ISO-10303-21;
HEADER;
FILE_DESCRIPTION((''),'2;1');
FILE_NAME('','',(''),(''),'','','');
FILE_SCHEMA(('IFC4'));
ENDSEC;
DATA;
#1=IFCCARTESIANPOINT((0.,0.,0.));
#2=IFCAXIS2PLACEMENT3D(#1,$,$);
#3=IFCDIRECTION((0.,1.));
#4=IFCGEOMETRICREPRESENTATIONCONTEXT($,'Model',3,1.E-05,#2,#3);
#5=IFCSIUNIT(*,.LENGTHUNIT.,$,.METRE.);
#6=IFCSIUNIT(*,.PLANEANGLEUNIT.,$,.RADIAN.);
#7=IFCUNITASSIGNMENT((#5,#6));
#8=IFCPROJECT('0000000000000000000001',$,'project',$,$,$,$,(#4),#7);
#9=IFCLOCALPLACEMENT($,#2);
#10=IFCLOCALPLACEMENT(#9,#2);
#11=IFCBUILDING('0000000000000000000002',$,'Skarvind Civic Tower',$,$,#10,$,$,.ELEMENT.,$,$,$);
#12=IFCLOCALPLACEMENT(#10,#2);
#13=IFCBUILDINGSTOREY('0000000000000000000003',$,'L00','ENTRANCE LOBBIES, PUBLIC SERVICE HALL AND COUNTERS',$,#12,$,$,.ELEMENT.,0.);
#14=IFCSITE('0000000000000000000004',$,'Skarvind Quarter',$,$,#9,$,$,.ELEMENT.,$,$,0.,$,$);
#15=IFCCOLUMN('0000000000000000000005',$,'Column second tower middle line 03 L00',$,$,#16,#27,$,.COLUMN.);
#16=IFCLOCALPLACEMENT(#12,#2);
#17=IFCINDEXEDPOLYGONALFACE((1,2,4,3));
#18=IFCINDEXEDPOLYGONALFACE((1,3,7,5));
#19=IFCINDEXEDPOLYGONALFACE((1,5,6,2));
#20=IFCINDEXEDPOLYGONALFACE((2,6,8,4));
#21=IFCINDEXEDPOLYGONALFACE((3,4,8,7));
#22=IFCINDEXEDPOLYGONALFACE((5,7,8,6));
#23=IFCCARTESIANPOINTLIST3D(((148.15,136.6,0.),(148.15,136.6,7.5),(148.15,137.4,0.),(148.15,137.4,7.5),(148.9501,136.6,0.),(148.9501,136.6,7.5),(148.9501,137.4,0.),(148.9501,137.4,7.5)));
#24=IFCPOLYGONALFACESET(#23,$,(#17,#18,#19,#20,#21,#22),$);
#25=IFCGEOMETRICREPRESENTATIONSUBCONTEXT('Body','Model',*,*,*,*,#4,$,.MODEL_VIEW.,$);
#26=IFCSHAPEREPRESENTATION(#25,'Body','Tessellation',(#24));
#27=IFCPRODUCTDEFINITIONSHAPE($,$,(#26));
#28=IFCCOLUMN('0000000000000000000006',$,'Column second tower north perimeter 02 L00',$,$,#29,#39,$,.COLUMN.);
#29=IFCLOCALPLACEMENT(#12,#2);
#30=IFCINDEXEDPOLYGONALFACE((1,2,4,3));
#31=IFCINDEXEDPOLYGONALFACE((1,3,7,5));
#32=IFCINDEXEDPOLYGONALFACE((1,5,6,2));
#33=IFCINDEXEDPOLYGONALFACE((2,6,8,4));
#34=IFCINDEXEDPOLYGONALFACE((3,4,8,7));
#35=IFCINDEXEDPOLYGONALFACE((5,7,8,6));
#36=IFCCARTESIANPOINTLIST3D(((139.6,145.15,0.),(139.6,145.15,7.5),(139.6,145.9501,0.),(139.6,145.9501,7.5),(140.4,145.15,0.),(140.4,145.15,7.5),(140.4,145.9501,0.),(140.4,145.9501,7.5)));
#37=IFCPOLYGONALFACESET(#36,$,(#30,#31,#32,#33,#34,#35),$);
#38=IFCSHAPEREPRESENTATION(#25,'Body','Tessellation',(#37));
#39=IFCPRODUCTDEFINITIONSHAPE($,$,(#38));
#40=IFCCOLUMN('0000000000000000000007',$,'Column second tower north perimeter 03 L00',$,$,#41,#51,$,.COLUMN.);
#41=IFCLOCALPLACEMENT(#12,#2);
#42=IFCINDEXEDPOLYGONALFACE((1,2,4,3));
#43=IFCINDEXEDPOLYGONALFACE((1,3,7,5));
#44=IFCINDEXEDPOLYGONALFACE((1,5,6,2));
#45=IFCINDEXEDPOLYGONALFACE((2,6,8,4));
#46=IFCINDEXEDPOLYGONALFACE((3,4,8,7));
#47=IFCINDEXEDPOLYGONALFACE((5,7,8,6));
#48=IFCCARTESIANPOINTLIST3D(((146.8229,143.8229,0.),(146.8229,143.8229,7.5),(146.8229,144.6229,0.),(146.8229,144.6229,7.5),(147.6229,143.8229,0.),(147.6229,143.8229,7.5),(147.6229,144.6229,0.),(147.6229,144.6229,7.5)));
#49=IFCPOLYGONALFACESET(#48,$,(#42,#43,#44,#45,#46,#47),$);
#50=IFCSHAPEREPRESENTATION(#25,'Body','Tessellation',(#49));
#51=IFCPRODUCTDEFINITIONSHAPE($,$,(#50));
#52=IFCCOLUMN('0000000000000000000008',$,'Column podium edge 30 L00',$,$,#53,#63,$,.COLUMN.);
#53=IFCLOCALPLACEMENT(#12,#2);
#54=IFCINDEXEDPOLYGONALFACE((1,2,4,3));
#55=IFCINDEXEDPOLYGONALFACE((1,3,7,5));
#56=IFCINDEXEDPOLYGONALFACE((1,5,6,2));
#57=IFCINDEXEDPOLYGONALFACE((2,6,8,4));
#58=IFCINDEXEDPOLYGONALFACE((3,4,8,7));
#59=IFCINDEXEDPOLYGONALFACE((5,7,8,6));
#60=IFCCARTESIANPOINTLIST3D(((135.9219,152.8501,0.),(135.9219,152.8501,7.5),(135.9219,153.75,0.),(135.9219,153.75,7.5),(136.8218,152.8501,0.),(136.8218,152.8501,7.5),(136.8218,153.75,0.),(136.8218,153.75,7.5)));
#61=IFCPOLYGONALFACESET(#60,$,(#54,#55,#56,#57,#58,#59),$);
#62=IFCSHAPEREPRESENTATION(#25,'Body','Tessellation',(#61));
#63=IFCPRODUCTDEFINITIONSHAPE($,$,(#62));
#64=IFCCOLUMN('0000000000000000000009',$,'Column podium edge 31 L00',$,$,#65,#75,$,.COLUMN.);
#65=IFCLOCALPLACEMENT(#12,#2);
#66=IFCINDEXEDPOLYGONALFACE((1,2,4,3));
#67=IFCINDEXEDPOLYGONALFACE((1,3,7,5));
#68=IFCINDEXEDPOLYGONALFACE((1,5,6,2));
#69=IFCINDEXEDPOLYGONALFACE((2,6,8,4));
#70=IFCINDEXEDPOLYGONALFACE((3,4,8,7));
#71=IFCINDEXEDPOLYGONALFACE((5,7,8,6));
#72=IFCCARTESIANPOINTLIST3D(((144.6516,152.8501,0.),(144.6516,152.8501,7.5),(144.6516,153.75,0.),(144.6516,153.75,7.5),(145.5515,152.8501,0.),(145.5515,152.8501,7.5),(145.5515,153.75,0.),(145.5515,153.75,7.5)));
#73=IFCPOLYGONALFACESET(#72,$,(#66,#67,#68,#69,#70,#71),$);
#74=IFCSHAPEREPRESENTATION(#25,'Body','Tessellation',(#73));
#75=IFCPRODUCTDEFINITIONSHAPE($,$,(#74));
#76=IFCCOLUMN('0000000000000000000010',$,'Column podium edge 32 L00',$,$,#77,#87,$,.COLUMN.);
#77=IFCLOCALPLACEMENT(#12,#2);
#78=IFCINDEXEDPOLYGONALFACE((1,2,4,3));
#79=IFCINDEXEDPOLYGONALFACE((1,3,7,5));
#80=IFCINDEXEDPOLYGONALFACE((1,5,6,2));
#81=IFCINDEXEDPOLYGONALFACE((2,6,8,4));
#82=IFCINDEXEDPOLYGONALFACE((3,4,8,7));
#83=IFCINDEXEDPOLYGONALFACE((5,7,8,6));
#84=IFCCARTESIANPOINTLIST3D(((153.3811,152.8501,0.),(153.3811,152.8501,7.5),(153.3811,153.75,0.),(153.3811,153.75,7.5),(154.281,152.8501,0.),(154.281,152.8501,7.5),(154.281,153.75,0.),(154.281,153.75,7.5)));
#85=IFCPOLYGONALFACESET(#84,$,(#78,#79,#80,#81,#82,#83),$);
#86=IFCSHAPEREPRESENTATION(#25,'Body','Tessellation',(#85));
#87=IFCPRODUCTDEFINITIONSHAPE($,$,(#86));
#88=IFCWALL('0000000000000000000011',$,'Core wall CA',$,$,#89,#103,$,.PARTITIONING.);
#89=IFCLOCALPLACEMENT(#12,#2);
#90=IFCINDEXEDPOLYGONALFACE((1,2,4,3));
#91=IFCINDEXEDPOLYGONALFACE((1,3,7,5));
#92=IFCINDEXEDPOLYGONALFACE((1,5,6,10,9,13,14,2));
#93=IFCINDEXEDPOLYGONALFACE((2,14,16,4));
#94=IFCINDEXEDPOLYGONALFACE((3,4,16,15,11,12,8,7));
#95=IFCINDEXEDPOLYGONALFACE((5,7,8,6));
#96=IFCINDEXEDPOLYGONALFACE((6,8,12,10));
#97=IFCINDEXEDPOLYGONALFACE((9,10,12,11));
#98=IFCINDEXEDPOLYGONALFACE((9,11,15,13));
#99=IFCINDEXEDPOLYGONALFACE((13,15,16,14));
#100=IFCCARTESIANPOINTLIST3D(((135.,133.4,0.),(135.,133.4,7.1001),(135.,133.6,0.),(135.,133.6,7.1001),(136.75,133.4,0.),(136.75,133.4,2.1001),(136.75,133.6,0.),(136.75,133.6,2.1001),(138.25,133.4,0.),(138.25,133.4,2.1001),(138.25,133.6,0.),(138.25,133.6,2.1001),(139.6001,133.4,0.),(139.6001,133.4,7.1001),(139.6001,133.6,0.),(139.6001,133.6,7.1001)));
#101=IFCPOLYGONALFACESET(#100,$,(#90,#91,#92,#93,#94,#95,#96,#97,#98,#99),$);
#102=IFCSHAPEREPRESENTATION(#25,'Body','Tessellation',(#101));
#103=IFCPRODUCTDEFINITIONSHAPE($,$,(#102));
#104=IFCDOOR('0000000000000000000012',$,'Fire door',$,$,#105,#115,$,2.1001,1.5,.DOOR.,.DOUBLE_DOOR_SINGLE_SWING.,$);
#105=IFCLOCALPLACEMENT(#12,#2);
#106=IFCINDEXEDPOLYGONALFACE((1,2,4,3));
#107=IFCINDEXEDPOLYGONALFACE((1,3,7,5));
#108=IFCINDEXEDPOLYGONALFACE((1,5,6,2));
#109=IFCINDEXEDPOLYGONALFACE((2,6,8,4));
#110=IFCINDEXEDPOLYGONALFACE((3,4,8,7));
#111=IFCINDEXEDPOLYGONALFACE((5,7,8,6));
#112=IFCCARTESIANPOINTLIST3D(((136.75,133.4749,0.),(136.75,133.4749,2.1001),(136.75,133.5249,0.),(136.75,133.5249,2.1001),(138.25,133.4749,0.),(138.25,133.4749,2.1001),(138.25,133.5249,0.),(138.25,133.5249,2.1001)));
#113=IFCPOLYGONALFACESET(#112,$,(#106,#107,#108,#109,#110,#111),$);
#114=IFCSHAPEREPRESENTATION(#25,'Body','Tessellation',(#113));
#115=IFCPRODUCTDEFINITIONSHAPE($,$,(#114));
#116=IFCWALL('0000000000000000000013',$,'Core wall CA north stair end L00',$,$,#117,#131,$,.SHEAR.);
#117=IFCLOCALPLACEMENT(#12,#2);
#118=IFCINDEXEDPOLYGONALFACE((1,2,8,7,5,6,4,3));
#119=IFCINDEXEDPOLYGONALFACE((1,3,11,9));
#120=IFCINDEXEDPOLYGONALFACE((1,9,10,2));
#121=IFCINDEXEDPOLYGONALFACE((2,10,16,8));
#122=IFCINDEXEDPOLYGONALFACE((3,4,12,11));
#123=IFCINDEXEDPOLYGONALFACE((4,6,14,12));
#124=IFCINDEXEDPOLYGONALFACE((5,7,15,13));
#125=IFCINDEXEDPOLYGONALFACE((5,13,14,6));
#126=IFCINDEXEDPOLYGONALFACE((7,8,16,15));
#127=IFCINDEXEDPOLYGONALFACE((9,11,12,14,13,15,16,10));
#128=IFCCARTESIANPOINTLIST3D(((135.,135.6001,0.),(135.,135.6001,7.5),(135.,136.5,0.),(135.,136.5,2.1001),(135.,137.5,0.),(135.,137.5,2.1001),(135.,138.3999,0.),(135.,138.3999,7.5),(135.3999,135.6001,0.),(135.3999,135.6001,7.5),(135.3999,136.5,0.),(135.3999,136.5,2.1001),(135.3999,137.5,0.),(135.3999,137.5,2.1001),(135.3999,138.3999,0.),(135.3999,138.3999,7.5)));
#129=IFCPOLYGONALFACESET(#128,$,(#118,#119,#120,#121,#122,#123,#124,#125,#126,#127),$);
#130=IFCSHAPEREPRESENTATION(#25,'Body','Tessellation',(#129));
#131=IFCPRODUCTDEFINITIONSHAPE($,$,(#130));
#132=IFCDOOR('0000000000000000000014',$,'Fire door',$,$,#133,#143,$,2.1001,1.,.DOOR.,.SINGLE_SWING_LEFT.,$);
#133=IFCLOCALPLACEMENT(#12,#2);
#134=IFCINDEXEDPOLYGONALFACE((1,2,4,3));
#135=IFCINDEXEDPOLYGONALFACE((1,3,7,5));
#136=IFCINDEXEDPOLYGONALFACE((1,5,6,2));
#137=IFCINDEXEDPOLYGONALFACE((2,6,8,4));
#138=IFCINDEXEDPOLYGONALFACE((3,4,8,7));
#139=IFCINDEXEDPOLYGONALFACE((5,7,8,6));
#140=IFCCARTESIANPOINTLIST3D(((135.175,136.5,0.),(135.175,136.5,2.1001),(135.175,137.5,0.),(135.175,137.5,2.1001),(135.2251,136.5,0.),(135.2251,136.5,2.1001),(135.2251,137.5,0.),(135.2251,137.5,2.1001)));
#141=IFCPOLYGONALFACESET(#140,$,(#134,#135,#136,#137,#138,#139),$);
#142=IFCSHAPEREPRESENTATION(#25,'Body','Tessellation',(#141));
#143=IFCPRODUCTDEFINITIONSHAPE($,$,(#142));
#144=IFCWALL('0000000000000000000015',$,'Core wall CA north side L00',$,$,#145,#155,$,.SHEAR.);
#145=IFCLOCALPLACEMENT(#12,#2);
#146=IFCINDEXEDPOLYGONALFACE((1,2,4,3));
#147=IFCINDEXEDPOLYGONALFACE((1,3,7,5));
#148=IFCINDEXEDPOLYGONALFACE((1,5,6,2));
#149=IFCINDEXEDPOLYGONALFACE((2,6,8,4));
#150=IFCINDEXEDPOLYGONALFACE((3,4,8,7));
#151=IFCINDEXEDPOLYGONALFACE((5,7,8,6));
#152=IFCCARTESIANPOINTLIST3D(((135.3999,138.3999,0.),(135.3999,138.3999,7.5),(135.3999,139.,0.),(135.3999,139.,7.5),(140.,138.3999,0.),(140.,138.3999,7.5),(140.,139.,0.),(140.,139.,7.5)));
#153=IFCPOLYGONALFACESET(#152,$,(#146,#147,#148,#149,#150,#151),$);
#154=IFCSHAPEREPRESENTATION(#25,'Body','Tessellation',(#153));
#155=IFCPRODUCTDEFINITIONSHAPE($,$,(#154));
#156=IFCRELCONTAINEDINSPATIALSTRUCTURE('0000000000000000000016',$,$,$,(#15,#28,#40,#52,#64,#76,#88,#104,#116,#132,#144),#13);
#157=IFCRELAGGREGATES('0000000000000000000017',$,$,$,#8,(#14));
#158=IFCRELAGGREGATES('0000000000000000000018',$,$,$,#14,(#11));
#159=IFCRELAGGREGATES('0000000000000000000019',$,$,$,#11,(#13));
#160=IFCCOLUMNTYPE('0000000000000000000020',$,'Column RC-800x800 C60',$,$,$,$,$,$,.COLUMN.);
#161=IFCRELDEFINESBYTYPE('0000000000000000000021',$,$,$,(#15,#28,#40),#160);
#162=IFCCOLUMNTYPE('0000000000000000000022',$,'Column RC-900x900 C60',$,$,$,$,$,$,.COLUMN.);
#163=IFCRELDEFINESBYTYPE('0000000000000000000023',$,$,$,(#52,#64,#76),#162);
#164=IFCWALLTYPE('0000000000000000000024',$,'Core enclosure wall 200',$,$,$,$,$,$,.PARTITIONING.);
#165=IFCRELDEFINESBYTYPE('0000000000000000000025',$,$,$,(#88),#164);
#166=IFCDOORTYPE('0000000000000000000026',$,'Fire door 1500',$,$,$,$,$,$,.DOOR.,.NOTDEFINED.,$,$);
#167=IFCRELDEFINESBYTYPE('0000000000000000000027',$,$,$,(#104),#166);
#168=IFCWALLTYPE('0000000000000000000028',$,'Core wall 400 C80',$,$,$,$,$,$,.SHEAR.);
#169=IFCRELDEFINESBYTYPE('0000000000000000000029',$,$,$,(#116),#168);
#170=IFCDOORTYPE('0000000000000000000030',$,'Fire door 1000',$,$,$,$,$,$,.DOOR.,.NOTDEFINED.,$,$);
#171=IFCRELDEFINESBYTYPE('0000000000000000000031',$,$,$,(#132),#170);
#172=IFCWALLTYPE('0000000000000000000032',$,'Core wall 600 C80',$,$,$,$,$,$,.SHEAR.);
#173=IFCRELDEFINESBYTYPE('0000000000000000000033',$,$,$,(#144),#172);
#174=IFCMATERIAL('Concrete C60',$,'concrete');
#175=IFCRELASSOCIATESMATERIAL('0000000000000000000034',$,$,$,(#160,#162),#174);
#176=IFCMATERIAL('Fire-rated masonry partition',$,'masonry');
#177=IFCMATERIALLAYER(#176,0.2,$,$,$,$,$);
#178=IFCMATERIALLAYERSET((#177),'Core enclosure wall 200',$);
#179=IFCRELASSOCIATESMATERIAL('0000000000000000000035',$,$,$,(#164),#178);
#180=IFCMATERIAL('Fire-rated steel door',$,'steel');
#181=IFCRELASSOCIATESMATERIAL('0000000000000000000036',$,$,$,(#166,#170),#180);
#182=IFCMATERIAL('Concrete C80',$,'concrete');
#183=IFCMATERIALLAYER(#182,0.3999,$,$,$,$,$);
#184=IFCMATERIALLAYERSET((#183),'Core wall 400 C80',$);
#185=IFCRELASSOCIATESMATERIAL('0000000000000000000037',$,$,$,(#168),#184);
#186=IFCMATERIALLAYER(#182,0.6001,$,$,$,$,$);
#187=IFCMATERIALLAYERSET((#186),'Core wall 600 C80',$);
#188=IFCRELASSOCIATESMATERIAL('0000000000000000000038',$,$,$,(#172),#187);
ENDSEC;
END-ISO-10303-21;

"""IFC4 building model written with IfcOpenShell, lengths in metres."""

from ifc_helpers import new_model, si_unit, direction, frame, frame_2d, origin, origin_2d, place, context, subcontext, project, spatial, rectangle, extrude, material, layer, layer_set, material_profile, profile_set, type_object, element, fill, save


model = new_model("IFC4")

# Units and contexts
model_context = context("Model", 3, precision=1e-05, world=origin(), true_north=direction((0.0, 1.0)))
body_context = subcontext(model_context, "Body", "Model", "MODEL_VIEW")
ifc_project = project(units=[si_unit("LENGTHUNIT", "METRE"), si_unit("PLANEANGLEUNIT", "RADIAN")], contexts=[model_context])

# Site, building, storey
site_placement = place(None, origin())
site = spatial("IfcSite", under=ifc_project, at=site_placement, Name="Skarvind Quarter", CompositionType="ELEMENT", RefElevation=0.0)
building_placement = place(site_placement, origin())
building = spatial("IfcBuilding", under=site, at=building_placement, Name="Skarvind Civic Tower", CompositionType="ELEMENT")
storey_placement = place(building_placement, origin())
storey = spatial("IfcBuildingStorey", under=building, at=storey_placement, Name="L00", Description="ENTRANCE LOBBIES, PUBLIC SERVICE HALL AND COUNTERS", CompositionType="ELEMENT", Elevation=0.0)

# Columns
ifc_material_1 = material(Name="Concrete C60", Category="concrete")
ifc_material_profile_1 = material_profile(ifc_material_1, rectangle(XDim=0.8, YDim=0.8, at=origin_2d()), Name="RC-800x800")
ifc_profile_set_1 = profile_set([ifc_material_profile_1], Name="Concrete C60")
column_type_1 = type_object("IfcColumnType", Name="Column RC-800x800 C60", PredefinedType="COLUMN", material=ifc_profile_set_1)
for number, where, z_axis, x_axis, name in (
    (1, (148.55, 137.0, 0.0), (0.0, 0.0, 1.0), (1.0, 0.0, 0.0), "Column second tower middle line 03 L00"),
    (2, (140.0, 145.55, 0.0), (0.0, 0.0, 1.0), (1.0, 0.0, 0.0), "Column second tower north perimeter 02 L00"),
    (3, (147.2229, 144.2229, 0.0), (0.0, 0.0, 1.0), (1.0, 0.0, 0.0), "Column second tower north perimeter 03 L00"),
):
    element("IfcColumn", number, at=place(storey_placement, frame(where, z_axis=z_axis, x_axis=x_axis)), inside=storey, type_object=column_type_1, Name=name, PredefinedType="COLUMN", context=body_context, shape_type="SweptSolid", body=[
        extrude(rectangle(XDim=0.8, YDim=0.8, at=origin_2d()), origin(), (0.0, 0.0, 1.0), 7.5),
    ])
ifc_material_profile_2 = material_profile(ifc_material_1, rectangle(XDim=0.8999, YDim=0.8999, at=origin_2d()), Name="RC-900x900")
ifc_profile_set_2 = profile_set([ifc_material_profile_2], Name="Concrete C60")
column_type_2 = type_object("IfcColumnType", Name="Column RC-900x900 C60", PredefinedType="COLUMN", material=ifc_profile_set_2)
for number, where, z_axis, x_axis, name in (
    (4, (136.3718, 153.3, 0.0), (0.0, 0.0, 1.0), (1.0, 0.0, 0.0), "Column podium edge 30 L00"),
    (5, (145.1016, 153.3, 0.0), (0.0, 0.0, 1.0), (1.0, 0.0, 0.0), "Column podium edge 31 L00"),
    (6, (153.8311, 153.3, 0.0), (0.0, 0.0, 1.0), (1.0, 0.0, 0.0), "Column podium edge 32 L00"),
):
    element("IfcColumn", number, at=place(storey_placement, frame(where, z_axis=z_axis, x_axis=x_axis)), inside=storey, type_object=column_type_2, Name=name, PredefinedType="COLUMN", context=body_context, shape_type="SweptSolid", body=[
        extrude(rectangle(XDim=0.8999, YDim=0.8999, at=origin_2d()), origin(), (0.0, 0.0, 1.0), 7.5),
    ])

# Walls, openings, doors
ifc_material_2 = material(Name="Fire-rated masonry partition", Category="masonry")
ifc_layer_1 = layer(ifc_material_2, 0.2)
ifc_layer_set_1 = layer_set([ifc_layer_1], Name="Core enclosure wall 200")
wall_type_1 = type_object("IfcWallType", Name="Core enclosure wall 200", PredefinedType="PARTITIONING", material=ifc_layer_set_1)
wall_1_placement = place(storey_placement, frame((135.0, 133.5, 0.0), z_axis=(0.0, 0.0, 1.0), x_axis=(1.0, 0.0, 0.0)))
wall_1 = element("IfcWall", 7, at=wall_1_placement, inside=storey, type_object=wall_type_1, Name="Core wall CA", PredefinedType="PARTITIONING", context=body_context, shape_type="SweptSolid", body=[
    extrude(rectangle(XDim=4.6001, YDim=0.2, at=frame_2d((2.3, 0.0))), origin(), (0.0, 0.0, 1.0), 7.1001),
])
opening_1_placement = place(wall_1_placement, frame((1.75, 0.0, 0.0)))
opening_1 = element("IfcOpeningElement", 8, at=opening_1_placement, cuts=wall_1, PredefinedType="OPENING", context=body_context, shape_type="SweptSolid", body=[
    extrude(rectangle(XDim=1.5, YDim=2.1001, at=frame_2d((0.75, 1.05))), frame((0.0, 0.1099, 0.0), z_axis=(0.0, -1.0, 0.0), x_axis=(1.0, 0.0, 0.0)), (0.0, 0.0, 1.0), 0.22),
])
ifc_material_3 = material(Name="Fire-rated steel door", Category="steel")
door_type_1 = type_object("IfcDoorType", Name="Fire door 1500", OperationType="NOTDEFINED", PredefinedType="DOOR", material=ifc_material_3)
door_1_placement = place(opening_1_placement, origin())
door_1 = element("IfcDoor", 9, at=door_1_placement, inside=storey, type_object=door_type_1, Name="Fire door", OperationType="DOUBLE_DOOR_SINGLE_SWING", OverallHeight=2.1001, OverallWidth=1.5, PredefinedType="DOOR", context=body_context, shape_type="SweptSolid", body=[
    extrude(rectangle(XDim=1.5, YDim=2.1001, at=frame_2d((0.75, 1.05))), frame((0.0, 0.0249, 0.0), z_axis=(0.0, -1.0, 0.0), x_axis=(1.0, 0.0, 0.0)), (0.0, 0.0, 1.0), 0.05),
])
fill(opening_1, door_1)
ifc_material_4 = material(Name="Concrete C80", Category="concrete")
ifc_layer_2 = layer(ifc_material_4, 0.3999)
ifc_layer_set_2 = layer_set([ifc_layer_2], Name="Core wall 400 C80")
wall_type_2 = type_object("IfcWallType", Name="Core wall 400 C80", PredefinedType="SHEAR", material=ifc_layer_set_2)
wall_2_placement = place(storey_placement, frame((135.2, 135.6001, 0.0), z_axis=(0.0, 0.0, 1.0), x_axis=(0.0, 1.0, 0.0)))
wall_2 = element("IfcWall", 10, at=wall_2_placement, inside=storey, type_object=wall_type_2, Name="Core wall CA north stair end L00", PredefinedType="SHEAR", context=body_context, shape_type="SweptSolid", body=[
    extrude(rectangle(XDim=2.7998, YDim=0.3999, at=frame_2d((1.3999, 0.0))), origin(), (0.0, 0.0, 1.0), 7.5),
])
opening_2_placement = place(wall_2_placement, frame((0.8999, 0.0, 0.0)))
opening_2 = element("IfcOpeningElement", 11, at=opening_2_placement, cuts=wall_2, PredefinedType="OPENING", context=body_context, shape_type="SweptSolid", body=[
    extrude(rectangle(XDim=1.0, YDim=2.1001, at=frame_2d((0.5, 1.05))), frame((0.0, 0.21, 0.0), z_axis=(0.0, -1.0, 0.0), x_axis=(1.0, 0.0, 0.0)), (0.0, 0.0, 1.0), 0.4199),
])
door_type_2 = type_object("IfcDoorType", Name="Fire door 1000", OperationType="NOTDEFINED", PredefinedType="DOOR", material=ifc_material_3)
door_2_placement = place(opening_2_placement, origin())
door_2 = element("IfcDoor", 12, at=door_2_placement, inside=storey, type_object=door_type_2, Name="Fire door", OperationType="SINGLE_SWING_LEFT", OverallHeight=2.1001, OverallWidth=1.0, PredefinedType="DOOR", context=body_context, shape_type="SweptSolid", body=[
    extrude(rectangle(XDim=1.0, YDim=2.1001, at=frame_2d((0.5, 1.05))), frame((0.0, 0.0249, 0.0), z_axis=(0.0, -1.0, 0.0), x_axis=(1.0, 0.0, 0.0)), (0.0, 0.0, 1.0), 0.05),
])
fill(opening_2, door_2)

# Wall
ifc_layer_3 = layer(ifc_material_4, 0.6001)
ifc_layer_set_3 = layer_set([ifc_layer_3], Name="Core wall 600 C80")
wall_type_3 = type_object("IfcWallType", Name="Core wall 600 C80", PredefinedType="SHEAR", material=ifc_layer_set_3)
wall_3_placement = place(storey_placement, frame((135.3999, 138.7, 0.0), z_axis=(0.0, 0.0, 1.0), x_axis=(1.0, 0.0, 0.0)))
element("IfcWall", 13, at=wall_3_placement, inside=storey, type_object=wall_type_3, Name="Core wall CA north side L00", PredefinedType="SHEAR", context=body_context, shape_type="SweptSolid", body=[
    extrude(rectangle(XDim=4.6001, YDim=0.6001, at=frame_2d((2.3, 0.0))), origin(), (0.0, 0.0, 1.0), 7.5),
])

save(model, "model.ifc")
